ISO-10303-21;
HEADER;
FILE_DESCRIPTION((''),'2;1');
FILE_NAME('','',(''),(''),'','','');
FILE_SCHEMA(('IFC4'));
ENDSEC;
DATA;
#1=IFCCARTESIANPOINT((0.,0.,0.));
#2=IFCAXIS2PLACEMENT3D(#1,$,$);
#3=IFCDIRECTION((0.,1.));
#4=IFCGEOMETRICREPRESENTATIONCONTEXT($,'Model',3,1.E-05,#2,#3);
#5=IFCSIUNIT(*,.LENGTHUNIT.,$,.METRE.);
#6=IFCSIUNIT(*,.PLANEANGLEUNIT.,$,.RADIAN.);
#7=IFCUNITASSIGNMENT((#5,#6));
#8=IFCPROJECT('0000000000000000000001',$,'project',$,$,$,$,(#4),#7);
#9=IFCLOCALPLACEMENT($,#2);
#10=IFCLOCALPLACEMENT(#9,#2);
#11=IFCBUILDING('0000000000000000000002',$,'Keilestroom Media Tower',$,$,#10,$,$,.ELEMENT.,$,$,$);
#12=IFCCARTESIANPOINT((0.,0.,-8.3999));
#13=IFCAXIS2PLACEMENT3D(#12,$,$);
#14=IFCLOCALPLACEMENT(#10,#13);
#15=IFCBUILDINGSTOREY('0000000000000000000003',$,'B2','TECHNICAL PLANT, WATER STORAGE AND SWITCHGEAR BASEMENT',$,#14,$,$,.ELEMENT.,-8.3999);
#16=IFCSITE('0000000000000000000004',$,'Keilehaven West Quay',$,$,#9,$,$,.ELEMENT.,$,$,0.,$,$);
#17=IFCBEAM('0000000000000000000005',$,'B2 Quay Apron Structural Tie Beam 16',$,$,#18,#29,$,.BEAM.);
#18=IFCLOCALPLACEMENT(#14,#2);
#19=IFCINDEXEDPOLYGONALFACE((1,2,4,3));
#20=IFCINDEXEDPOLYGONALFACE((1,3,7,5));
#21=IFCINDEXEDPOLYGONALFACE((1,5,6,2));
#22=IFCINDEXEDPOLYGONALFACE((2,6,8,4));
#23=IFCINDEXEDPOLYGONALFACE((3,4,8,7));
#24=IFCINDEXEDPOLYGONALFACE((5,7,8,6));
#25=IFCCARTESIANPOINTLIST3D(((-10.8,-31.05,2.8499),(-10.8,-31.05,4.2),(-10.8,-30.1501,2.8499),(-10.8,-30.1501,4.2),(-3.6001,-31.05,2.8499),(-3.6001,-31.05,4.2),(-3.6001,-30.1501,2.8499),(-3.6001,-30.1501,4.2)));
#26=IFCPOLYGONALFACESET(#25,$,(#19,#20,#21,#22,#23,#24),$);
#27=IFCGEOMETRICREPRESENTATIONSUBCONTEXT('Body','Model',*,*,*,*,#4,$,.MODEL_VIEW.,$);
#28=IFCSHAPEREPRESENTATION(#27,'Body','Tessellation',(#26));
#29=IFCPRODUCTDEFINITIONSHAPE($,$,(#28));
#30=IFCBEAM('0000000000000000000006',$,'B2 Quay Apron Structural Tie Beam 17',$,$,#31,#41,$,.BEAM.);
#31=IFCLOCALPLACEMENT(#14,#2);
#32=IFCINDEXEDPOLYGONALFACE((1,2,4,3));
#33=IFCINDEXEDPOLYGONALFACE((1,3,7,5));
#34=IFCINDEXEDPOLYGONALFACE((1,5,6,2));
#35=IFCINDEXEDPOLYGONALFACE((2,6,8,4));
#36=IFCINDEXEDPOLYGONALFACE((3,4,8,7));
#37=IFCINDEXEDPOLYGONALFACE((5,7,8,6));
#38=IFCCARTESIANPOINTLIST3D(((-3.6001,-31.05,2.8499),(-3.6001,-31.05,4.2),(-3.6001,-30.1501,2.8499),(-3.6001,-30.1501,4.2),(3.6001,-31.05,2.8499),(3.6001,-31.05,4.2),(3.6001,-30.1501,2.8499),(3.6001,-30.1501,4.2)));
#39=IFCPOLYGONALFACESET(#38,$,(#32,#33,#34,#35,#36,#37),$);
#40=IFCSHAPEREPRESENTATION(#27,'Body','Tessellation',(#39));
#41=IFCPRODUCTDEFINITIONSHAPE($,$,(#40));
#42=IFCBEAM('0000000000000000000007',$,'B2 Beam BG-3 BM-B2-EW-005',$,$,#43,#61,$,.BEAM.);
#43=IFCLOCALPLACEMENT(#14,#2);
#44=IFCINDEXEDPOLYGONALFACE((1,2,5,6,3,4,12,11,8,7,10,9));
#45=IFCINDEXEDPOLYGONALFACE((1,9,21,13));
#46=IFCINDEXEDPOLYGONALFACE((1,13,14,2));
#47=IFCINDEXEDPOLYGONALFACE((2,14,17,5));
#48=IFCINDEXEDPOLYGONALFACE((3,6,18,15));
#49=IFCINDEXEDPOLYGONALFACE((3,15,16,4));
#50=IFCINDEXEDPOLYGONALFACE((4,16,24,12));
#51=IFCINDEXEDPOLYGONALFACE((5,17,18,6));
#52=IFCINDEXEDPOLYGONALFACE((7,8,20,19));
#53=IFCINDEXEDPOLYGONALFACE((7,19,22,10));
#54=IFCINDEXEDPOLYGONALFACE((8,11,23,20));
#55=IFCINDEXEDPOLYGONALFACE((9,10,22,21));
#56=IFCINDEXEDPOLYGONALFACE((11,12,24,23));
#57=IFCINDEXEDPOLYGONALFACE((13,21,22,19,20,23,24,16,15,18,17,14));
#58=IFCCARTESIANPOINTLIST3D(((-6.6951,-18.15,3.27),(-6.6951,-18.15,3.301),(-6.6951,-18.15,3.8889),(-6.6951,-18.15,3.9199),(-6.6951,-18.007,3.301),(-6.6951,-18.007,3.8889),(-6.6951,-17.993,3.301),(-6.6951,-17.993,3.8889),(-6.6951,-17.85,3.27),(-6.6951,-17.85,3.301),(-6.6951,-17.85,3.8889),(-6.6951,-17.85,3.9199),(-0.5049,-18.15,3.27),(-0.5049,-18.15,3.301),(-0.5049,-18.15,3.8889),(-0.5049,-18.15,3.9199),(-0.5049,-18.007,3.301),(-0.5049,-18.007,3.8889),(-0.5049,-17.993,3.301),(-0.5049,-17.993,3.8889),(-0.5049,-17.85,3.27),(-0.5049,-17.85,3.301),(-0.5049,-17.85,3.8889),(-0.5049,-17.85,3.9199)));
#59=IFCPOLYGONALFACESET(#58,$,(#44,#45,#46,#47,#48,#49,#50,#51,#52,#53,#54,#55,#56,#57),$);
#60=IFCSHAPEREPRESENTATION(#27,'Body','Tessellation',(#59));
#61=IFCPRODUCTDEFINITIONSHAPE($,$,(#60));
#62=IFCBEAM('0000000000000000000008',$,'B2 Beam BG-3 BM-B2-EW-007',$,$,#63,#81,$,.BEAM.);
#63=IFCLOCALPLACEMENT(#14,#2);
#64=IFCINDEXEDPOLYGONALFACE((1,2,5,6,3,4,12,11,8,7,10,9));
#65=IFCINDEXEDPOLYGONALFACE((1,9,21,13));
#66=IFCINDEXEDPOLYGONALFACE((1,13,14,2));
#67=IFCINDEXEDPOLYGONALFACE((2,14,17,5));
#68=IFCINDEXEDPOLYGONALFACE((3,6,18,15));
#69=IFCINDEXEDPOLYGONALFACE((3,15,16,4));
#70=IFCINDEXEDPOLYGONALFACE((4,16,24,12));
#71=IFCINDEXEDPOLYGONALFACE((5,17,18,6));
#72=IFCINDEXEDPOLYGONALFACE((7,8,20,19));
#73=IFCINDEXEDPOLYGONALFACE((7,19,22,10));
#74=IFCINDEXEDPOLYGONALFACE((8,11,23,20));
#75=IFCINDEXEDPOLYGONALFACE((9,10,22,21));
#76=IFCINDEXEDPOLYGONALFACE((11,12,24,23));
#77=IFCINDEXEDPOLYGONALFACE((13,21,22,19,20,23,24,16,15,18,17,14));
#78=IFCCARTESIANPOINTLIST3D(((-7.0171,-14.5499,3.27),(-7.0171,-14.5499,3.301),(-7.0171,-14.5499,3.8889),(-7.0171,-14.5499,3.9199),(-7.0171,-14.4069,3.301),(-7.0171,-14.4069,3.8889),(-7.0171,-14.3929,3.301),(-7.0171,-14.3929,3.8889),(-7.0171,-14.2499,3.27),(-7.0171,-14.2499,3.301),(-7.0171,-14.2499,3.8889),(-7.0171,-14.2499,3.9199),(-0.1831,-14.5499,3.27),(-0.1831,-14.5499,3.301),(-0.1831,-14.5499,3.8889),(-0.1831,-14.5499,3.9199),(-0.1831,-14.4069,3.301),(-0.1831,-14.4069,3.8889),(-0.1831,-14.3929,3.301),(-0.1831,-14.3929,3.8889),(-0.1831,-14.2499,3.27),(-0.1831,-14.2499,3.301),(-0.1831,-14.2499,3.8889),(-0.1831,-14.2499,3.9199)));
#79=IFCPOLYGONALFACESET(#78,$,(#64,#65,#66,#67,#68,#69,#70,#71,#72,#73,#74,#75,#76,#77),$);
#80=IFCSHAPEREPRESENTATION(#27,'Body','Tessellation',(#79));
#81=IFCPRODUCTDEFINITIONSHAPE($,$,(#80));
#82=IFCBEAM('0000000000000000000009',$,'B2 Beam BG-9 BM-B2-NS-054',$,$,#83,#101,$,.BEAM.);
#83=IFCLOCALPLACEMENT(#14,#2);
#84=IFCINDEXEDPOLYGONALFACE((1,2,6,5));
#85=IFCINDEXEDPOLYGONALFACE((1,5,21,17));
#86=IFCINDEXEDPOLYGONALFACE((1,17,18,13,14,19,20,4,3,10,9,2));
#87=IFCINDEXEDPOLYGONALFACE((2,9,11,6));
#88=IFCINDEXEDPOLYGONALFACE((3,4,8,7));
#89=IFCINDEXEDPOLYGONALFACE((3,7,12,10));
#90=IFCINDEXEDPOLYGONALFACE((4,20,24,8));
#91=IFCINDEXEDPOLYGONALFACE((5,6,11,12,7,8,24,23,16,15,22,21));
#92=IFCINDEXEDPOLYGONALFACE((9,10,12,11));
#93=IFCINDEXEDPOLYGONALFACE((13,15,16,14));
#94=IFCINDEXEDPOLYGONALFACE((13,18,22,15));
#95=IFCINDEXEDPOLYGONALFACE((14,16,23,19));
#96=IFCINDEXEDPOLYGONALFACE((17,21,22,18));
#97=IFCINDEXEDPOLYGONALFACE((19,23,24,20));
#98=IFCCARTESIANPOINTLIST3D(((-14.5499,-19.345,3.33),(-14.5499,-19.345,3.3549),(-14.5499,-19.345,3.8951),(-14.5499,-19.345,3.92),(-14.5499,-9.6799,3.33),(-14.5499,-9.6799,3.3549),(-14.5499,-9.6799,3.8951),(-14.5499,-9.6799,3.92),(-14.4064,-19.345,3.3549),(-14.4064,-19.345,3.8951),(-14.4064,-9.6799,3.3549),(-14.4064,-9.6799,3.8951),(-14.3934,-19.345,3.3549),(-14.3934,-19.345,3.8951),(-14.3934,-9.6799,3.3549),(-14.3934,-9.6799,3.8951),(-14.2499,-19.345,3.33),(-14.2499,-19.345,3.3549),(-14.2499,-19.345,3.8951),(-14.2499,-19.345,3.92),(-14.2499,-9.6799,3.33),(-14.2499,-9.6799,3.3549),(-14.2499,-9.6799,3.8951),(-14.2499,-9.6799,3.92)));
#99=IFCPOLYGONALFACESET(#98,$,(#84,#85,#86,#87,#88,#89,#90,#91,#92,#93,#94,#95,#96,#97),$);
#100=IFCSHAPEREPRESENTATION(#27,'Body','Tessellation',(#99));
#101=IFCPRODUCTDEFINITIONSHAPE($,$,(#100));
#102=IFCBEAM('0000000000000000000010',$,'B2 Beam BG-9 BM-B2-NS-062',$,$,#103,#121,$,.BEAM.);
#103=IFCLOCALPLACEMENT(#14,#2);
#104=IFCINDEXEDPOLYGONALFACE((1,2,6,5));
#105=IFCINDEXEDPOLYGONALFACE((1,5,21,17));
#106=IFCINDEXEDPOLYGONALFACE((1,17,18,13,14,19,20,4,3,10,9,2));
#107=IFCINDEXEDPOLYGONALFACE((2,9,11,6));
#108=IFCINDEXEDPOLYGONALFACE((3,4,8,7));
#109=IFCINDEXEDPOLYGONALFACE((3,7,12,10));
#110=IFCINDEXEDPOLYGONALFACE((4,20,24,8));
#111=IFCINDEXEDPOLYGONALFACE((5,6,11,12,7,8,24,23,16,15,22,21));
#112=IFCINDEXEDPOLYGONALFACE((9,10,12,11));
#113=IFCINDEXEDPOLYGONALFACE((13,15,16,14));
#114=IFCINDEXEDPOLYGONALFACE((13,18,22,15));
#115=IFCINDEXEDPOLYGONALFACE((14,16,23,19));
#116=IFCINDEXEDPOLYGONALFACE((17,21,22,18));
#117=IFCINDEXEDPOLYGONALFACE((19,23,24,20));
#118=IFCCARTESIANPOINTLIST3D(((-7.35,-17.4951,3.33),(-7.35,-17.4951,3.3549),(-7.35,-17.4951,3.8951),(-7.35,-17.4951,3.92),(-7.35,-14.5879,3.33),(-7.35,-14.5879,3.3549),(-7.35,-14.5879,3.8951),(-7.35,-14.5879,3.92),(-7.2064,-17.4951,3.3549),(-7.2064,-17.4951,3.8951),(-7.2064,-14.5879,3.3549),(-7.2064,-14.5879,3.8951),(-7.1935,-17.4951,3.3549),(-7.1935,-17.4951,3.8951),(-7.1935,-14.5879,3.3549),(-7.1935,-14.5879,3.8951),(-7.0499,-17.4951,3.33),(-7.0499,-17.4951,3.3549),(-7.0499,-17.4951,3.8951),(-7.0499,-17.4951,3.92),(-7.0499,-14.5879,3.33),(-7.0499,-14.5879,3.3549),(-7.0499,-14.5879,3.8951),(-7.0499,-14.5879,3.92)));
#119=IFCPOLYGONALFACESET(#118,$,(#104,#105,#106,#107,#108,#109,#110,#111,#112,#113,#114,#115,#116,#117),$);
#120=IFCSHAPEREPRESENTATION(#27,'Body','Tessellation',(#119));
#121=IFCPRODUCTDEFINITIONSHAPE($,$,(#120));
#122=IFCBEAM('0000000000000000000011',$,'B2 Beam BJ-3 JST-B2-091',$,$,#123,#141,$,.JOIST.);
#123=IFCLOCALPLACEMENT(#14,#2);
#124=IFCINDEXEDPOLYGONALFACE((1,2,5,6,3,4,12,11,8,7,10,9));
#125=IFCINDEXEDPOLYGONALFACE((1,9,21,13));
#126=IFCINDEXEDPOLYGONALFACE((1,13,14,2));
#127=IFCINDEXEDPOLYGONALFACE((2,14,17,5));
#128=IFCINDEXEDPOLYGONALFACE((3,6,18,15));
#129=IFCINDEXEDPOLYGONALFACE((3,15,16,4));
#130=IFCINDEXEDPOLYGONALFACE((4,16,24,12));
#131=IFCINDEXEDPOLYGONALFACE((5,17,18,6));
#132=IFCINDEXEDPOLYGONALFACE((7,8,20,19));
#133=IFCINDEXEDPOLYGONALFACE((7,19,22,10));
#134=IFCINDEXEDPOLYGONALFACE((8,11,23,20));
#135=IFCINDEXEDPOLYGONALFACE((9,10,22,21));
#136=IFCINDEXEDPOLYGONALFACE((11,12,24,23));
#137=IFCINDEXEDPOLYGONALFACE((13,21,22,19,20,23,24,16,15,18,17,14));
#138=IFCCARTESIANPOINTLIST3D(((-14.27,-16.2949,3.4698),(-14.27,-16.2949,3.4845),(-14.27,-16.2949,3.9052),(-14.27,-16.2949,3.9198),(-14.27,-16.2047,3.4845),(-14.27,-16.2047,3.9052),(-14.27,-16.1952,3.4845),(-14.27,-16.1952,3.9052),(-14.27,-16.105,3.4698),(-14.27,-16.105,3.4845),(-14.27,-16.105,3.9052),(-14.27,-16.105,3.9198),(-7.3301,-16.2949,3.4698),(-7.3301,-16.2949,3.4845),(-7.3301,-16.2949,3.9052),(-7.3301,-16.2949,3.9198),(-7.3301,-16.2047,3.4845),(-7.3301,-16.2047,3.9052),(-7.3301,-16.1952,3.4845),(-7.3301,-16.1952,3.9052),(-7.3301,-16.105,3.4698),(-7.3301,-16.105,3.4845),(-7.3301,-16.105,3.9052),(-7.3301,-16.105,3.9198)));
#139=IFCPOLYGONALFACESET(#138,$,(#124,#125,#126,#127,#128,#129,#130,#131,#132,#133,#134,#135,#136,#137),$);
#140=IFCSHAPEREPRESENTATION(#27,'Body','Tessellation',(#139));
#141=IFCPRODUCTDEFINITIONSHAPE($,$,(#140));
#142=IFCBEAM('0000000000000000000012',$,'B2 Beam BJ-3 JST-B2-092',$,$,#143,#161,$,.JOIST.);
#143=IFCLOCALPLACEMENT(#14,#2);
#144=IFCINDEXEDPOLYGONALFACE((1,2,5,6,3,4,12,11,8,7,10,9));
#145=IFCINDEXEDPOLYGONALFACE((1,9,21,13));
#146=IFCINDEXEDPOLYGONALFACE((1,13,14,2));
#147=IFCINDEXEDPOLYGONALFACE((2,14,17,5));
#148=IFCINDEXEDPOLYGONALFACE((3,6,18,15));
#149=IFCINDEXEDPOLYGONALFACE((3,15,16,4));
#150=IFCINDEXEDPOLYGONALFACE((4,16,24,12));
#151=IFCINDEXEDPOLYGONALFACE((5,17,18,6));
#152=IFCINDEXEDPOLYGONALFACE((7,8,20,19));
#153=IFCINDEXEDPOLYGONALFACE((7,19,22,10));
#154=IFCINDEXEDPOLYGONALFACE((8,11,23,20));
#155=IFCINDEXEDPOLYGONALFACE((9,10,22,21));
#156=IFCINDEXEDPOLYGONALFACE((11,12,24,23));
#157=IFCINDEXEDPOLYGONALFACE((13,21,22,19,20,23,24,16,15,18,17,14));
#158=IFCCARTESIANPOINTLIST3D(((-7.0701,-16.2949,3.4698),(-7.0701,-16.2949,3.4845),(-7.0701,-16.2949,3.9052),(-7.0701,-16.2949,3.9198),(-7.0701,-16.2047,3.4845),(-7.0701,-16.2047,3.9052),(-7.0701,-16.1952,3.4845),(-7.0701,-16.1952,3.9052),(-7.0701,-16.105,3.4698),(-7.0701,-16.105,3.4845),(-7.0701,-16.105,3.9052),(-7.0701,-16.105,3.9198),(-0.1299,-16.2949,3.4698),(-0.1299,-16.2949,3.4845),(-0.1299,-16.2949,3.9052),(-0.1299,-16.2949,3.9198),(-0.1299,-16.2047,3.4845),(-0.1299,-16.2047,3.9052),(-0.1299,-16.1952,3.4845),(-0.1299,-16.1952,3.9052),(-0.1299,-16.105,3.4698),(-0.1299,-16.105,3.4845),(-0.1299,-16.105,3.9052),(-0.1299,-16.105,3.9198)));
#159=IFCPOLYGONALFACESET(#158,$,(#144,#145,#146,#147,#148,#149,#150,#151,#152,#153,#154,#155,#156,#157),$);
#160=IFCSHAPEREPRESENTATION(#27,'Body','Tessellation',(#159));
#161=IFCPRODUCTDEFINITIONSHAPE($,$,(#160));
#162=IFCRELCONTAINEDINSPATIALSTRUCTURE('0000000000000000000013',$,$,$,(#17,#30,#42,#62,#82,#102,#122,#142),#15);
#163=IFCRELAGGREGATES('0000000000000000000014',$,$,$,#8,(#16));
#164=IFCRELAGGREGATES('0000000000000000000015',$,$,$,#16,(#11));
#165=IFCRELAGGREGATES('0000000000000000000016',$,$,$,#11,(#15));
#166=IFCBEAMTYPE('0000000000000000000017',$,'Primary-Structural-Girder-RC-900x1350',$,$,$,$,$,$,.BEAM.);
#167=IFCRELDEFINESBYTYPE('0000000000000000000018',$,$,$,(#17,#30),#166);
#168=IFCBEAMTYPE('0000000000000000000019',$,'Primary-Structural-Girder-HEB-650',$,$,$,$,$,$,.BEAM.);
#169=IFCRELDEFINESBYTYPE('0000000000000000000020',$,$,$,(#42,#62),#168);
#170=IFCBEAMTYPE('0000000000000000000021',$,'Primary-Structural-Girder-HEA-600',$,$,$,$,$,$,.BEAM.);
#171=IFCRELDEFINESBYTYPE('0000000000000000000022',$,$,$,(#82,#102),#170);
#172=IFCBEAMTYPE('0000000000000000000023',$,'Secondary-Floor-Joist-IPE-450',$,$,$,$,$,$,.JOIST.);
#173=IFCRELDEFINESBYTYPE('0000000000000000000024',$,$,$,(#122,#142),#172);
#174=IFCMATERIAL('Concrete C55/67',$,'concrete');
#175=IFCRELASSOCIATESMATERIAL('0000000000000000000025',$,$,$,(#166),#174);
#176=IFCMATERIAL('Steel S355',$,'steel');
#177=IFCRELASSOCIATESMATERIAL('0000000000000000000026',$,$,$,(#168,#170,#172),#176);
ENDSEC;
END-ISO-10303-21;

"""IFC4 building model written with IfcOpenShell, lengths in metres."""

from ifc_helpers import new_model, si_unit, direction, frame, origin, origin_2d, place, context, subcontext, project, spatial, rectangle, i_section, extrude, source, transform, mapped, material, material_profile, profile_set, type_object, element, save


model = new_model("IFC4")

# Units and contexts
model_context = context("Model", 3, precision=1e-05, world=origin(), true_north=direction((0.0, 1.0)))
body_context = subcontext(model_context, "Body", "Model", "MODEL_VIEW")
ifc_project = project(units=[si_unit("LENGTHUNIT", "METRE"), si_unit("PLANEANGLEUNIT", "RADIAN")], contexts=[model_context])

# Site, building, storey
site_placement = place(None, origin())
site = spatial("IfcSite", under=ifc_project, at=site_placement, Name="Keilehaven West Quay", CompositionType="ELEMENT", RefElevation=0.0)
building_placement = place(site_placement, origin())
building = spatial("IfcBuilding", under=site, at=building_placement, Name="Keilestroom Media Tower", CompositionType="ELEMENT")
storey_placement = place(building_placement, frame((0.0, 0.0, -8.3999)))
storey = spatial("IfcBuildingStorey", under=building, at=storey_placement, Name="B2", Description="TECHNICAL PLANT, WATER STORAGE AND SWITCHGEAR BASEMENT", CompositionType="ELEMENT", Elevation=-8.3999)

# Shared definitions
ifc_material_1 = material(Name="Concrete C55/67", Category="concrete")

# Beams
ifc_material_profile_1 = material_profile(ifc_material_1, rectangle(XDim=0.8999, YDim=1.3501, at=origin_2d()), Name="RC 900x1350")
ifc_profile_set_1 = profile_set([ifc_material_profile_1], Name="Concrete C55/67")
beam_type_1 = type_object("IfcBeamType", Name="Primary-Structural-Girder-RC-900x1350", PredefinedType="BEAM", material=ifc_profile_set_1)
shared_shape_1 = source(origin(), body_context, "Body", "SweptSolid", [
    extrude(rectangle(XDim=0.8999, YDim=1.3501, at=origin_2d()), origin(), (0.0, 0.0, 1.0), 7.2),
])
beam_1_placement = place(storey_placement, frame((-10.8, -30.6001, 3.5249), z_axis=(1.0, 0.0, 0.0), x_axis=(0.0, 1.0, 0.0)))
element("IfcBeam", 1, at=beam_1_placement, inside=storey, type_object=beam_type_1, Name="B2 Quay Apron Structural Tie Beam 16", PredefinedType="BEAM", context=body_context, shape_type="MappedRepresentation", body=[
    mapped(shared_shape_1, transform((0.0, 0.0, 0.0), x_axis=(1.0, 0.0, 0.0), y_axis=(0.0, 1.0, 0.0), z_axis=(0.0, 0.0, 1.0), scale=1.0)),
])
shared_shape_2 = source(origin(), body_context, "Body", "SweptSolid", [
    extrude(rectangle(XDim=0.8999, YDim=1.3501, at=origin_2d()), origin(), (0.0, 0.0, 1.0), 7.2002),
])
beam_2_placement = place(storey_placement, frame((-3.6001, -30.6001, 3.5249), z_axis=(1.0, 0.0, 0.0), x_axis=(0.0, 1.0, 0.0)))
element("IfcBeam", 2, at=beam_2_placement, inside=storey, type_object=beam_type_1, Name="B2 Quay Apron Structural Tie Beam 17", PredefinedType="BEAM", context=body_context, shape_type="MappedRepresentation", body=[
    mapped(shared_shape_2, transform((0.0, 0.0, 0.0), x_axis=(1.0, 0.0, 0.0), y_axis=(0.0, 1.0, 0.0), z_axis=(0.0, 0.0, 1.0), scale=1.0)),
])
ifc_material_2 = material(Name="Steel S355", Category="steel")
ifc_material_profile_2 = material_profile(ifc_material_2, i_section(OverallWidth=0.3, OverallDepth=0.6499, WebThickness=0.0139, FlangeThickness=0.031, at=origin_2d()), Name="HEB 650")
ifc_profile_set_2 = profile_set([ifc_material_profile_2], Name="Steel S355")
beam_type_2 = type_object("IfcBeamType", Name="Primary-Structural-Girder-HEB-650", PredefinedType="BEAM", material=ifc_profile_set_2)
shared_shape_3 = source(origin(), body_context, "Body", "SweptSolid", [
    extrude(i_section(OverallWidth=0.3, OverallDepth=0.6499, WebThickness=0.0139, FlangeThickness=0.031, at=origin_2d()), origin(), (0.0, 0.0, 1.0), 6.1902),
])
beam_3_placement = place(storey_placement, frame((-6.6951, -18.0, 3.595), z_axis=(1.0, 0.0, 0.0), x_axis=(0.0, 1.0, 0.0)))
element("IfcBeam", 3, at=beam_3_placement, inside=storey, type_object=beam_type_2, Name="B2 Beam BG-3 BM-B2-EW-005", PredefinedType="BEAM", context=body_context, shape_type="MappedRepresentation", body=[
    mapped(shared_shape_3, transform((0.0, 0.0, 0.0), x_axis=(1.0, 0.0, 0.0), y_axis=(0.0, 1.0, 0.0), z_axis=(0.0, 0.0, 1.0), scale=1.0)),
])
shared_shape_4 = source(origin(), body_context, "Body", "SweptSolid", [
    extrude(i_section(OverallWidth=0.3, OverallDepth=0.6499, WebThickness=0.0139, FlangeThickness=0.031, at=origin_2d()), origin(), (0.0, 0.0, 1.0), 6.834),
])
beam_4_placement = place(storey_placement, frame((-7.0171, -14.3999, 3.595), z_axis=(1.0, 0.0, 0.0), x_axis=(0.0, 1.0, 0.0)))
element("IfcBeam", 4, at=beam_4_placement, inside=storey, type_object=beam_type_2, Name="B2 Beam BG-3 BM-B2-EW-007", PredefinedType="BEAM", context=body_context, shape_type="MappedRepresentation", body=[
    mapped(shared_shape_4, transform((0.0, 0.0, 0.0), x_axis=(1.0, 0.0, 0.0), y_axis=(0.0, 1.0, 0.0), z_axis=(0.0, 0.0, 1.0), scale=1.0)),
])
ifc_material_profile_3 = material_profile(ifc_material_2, i_section(OverallWidth=0.3, OverallDepth=0.5901, WebThickness=0.0129, FlangeThickness=0.0249, at=origin_2d()), Name="HEA 600")
ifc_profile_set_3 = profile_set([ifc_material_profile_3], Name="Steel S355")
beam_type_3 = type_object("IfcBeamType", Name="Primary-Structural-Girder-HEA-600", PredefinedType="BEAM", material=ifc_profile_set_3)
shared_shape_5 = source(origin(), body_context, "Body", "SweptSolid", [
    extrude(i_section(OverallWidth=0.3, OverallDepth=0.5901, WebThickness=0.0129, FlangeThickness=0.0249, at=origin_2d()), origin(), (0.0, 0.0, 1.0), 9.665),
])
beam_5_placement = place(storey_placement, frame((-14.3999, -19.345, 3.625), z_axis=(0.0, 1.0, 0.0), x_axis=(-1.0, 0.0, 0.0)))
element("IfcBeam", 5, at=beam_5_placement, inside=storey, type_object=beam_type_3, Name="B2 Beam BG-9 BM-B2-NS-054", PredefinedType="BEAM", context=body_context, shape_type="MappedRepresentation", body=[
    mapped(shared_shape_5, transform((0.0, 0.0, 0.0), x_axis=(1.0, 0.0, 0.0), y_axis=(0.0, 1.0, 0.0), z_axis=(0.0, 0.0, 1.0), scale=1.0)),
])
shared_shape_6 = source(origin(), body_context, "Body", "SweptSolid", [
    extrude(i_section(OverallWidth=0.3, OverallDepth=0.5901, WebThickness=0.0129, FlangeThickness=0.0249, at=origin_2d()), origin(), (0.0, 0.0, 1.0), 2.9072),
])
beam_6_placement = place(storey_placement, frame((-7.2, -17.4951, 3.625), z_axis=(0.0, 1.0, 0.0), x_axis=(-1.0, 0.0, 0.0)))
element("IfcBeam", 6, at=beam_6_placement, inside=storey, type_object=beam_type_3, Name="B2 Beam BG-9 BM-B2-NS-062", PredefinedType="BEAM", context=body_context, shape_type="MappedRepresentation", body=[
    mapped(shared_shape_6, transform((0.0, 0.0, 0.0), x_axis=(1.0, 0.0, 0.0), y_axis=(0.0, 1.0, 0.0), z_axis=(0.0, 0.0, 1.0), scale=1.0)),
])
ifc_material_profile_4 = material_profile(ifc_material_2, i_section(OverallWidth=0.1899, OverallDepth=0.45, WebThickness=0.0095, FlangeThickness=0.0146, at=origin_2d()), Name="IPE 450")
ifc_profile_set_4 = profile_set([ifc_material_profile_4], Name="Steel S355")
beam_type_4 = type_object("IfcBeamType", Name="Secondary-Floor-Joist-IPE-450", PredefinedType="JOIST", material=ifc_profile_set_4)
shared_shape_7 = source(origin(), body_context, "Body", "SweptSolid", [
    extrude(i_section(OverallWidth=0.1899, OverallDepth=0.45, WebThickness=0.0095, FlangeThickness=0.0146, at=origin_2d()), origin(), (0.0, 0.0, 1.0), 6.9399),
])
beam_7_placement = place(storey_placement, frame((-14.27, -16.2, 3.6948), z_axis=(1.0, 0.0, 0.0), x_axis=(0.0, 1.0, 0.0)))
element("IfcBeam", 7, at=beam_7_placement, inside=storey, type_object=beam_type_4, Name="B2 Beam BJ-3 JST-B2-091", PredefinedType="JOIST", context=body_context, shape_type="MappedRepresentation", body=[
    mapped(shared_shape_7, transform((0.0, 0.0, 0.0), x_axis=(1.0, 0.0, 0.0), y_axis=(0.0, 1.0, 0.0), z_axis=(0.0, 0.0, 1.0), scale=1.0)),
])
shared_shape_8 = source(origin(), body_context, "Body", "SweptSolid", [
    extrude(i_section(OverallWidth=0.1899, OverallDepth=0.45, WebThickness=0.0095, FlangeThickness=0.0146, at=origin_2d()), origin(), (0.0, 0.0, 1.0), 6.9402),
])
beam_8_placement = place(storey_placement, frame((-7.0701, -16.2, 3.6948), z_axis=(1.0, 0.0, 0.0), x_axis=(0.0, 1.0, 0.0)))
element("IfcBeam", 8, at=beam_8_placement, inside=storey, type_object=beam_type_4, Name="B2 Beam BJ-3 JST-B2-092", PredefinedType="JOIST", context=body_context, shape_type="MappedRepresentation", body=[
    mapped(shared_shape_8, transform((0.0, 0.0, 0.0), x_axis=(1.0, 0.0, 0.0), y_axis=(0.0, 1.0, 0.0), z_axis=(0.0, 0.0, 1.0), scale=1.0)),
])

save(model, "model.ifc")
